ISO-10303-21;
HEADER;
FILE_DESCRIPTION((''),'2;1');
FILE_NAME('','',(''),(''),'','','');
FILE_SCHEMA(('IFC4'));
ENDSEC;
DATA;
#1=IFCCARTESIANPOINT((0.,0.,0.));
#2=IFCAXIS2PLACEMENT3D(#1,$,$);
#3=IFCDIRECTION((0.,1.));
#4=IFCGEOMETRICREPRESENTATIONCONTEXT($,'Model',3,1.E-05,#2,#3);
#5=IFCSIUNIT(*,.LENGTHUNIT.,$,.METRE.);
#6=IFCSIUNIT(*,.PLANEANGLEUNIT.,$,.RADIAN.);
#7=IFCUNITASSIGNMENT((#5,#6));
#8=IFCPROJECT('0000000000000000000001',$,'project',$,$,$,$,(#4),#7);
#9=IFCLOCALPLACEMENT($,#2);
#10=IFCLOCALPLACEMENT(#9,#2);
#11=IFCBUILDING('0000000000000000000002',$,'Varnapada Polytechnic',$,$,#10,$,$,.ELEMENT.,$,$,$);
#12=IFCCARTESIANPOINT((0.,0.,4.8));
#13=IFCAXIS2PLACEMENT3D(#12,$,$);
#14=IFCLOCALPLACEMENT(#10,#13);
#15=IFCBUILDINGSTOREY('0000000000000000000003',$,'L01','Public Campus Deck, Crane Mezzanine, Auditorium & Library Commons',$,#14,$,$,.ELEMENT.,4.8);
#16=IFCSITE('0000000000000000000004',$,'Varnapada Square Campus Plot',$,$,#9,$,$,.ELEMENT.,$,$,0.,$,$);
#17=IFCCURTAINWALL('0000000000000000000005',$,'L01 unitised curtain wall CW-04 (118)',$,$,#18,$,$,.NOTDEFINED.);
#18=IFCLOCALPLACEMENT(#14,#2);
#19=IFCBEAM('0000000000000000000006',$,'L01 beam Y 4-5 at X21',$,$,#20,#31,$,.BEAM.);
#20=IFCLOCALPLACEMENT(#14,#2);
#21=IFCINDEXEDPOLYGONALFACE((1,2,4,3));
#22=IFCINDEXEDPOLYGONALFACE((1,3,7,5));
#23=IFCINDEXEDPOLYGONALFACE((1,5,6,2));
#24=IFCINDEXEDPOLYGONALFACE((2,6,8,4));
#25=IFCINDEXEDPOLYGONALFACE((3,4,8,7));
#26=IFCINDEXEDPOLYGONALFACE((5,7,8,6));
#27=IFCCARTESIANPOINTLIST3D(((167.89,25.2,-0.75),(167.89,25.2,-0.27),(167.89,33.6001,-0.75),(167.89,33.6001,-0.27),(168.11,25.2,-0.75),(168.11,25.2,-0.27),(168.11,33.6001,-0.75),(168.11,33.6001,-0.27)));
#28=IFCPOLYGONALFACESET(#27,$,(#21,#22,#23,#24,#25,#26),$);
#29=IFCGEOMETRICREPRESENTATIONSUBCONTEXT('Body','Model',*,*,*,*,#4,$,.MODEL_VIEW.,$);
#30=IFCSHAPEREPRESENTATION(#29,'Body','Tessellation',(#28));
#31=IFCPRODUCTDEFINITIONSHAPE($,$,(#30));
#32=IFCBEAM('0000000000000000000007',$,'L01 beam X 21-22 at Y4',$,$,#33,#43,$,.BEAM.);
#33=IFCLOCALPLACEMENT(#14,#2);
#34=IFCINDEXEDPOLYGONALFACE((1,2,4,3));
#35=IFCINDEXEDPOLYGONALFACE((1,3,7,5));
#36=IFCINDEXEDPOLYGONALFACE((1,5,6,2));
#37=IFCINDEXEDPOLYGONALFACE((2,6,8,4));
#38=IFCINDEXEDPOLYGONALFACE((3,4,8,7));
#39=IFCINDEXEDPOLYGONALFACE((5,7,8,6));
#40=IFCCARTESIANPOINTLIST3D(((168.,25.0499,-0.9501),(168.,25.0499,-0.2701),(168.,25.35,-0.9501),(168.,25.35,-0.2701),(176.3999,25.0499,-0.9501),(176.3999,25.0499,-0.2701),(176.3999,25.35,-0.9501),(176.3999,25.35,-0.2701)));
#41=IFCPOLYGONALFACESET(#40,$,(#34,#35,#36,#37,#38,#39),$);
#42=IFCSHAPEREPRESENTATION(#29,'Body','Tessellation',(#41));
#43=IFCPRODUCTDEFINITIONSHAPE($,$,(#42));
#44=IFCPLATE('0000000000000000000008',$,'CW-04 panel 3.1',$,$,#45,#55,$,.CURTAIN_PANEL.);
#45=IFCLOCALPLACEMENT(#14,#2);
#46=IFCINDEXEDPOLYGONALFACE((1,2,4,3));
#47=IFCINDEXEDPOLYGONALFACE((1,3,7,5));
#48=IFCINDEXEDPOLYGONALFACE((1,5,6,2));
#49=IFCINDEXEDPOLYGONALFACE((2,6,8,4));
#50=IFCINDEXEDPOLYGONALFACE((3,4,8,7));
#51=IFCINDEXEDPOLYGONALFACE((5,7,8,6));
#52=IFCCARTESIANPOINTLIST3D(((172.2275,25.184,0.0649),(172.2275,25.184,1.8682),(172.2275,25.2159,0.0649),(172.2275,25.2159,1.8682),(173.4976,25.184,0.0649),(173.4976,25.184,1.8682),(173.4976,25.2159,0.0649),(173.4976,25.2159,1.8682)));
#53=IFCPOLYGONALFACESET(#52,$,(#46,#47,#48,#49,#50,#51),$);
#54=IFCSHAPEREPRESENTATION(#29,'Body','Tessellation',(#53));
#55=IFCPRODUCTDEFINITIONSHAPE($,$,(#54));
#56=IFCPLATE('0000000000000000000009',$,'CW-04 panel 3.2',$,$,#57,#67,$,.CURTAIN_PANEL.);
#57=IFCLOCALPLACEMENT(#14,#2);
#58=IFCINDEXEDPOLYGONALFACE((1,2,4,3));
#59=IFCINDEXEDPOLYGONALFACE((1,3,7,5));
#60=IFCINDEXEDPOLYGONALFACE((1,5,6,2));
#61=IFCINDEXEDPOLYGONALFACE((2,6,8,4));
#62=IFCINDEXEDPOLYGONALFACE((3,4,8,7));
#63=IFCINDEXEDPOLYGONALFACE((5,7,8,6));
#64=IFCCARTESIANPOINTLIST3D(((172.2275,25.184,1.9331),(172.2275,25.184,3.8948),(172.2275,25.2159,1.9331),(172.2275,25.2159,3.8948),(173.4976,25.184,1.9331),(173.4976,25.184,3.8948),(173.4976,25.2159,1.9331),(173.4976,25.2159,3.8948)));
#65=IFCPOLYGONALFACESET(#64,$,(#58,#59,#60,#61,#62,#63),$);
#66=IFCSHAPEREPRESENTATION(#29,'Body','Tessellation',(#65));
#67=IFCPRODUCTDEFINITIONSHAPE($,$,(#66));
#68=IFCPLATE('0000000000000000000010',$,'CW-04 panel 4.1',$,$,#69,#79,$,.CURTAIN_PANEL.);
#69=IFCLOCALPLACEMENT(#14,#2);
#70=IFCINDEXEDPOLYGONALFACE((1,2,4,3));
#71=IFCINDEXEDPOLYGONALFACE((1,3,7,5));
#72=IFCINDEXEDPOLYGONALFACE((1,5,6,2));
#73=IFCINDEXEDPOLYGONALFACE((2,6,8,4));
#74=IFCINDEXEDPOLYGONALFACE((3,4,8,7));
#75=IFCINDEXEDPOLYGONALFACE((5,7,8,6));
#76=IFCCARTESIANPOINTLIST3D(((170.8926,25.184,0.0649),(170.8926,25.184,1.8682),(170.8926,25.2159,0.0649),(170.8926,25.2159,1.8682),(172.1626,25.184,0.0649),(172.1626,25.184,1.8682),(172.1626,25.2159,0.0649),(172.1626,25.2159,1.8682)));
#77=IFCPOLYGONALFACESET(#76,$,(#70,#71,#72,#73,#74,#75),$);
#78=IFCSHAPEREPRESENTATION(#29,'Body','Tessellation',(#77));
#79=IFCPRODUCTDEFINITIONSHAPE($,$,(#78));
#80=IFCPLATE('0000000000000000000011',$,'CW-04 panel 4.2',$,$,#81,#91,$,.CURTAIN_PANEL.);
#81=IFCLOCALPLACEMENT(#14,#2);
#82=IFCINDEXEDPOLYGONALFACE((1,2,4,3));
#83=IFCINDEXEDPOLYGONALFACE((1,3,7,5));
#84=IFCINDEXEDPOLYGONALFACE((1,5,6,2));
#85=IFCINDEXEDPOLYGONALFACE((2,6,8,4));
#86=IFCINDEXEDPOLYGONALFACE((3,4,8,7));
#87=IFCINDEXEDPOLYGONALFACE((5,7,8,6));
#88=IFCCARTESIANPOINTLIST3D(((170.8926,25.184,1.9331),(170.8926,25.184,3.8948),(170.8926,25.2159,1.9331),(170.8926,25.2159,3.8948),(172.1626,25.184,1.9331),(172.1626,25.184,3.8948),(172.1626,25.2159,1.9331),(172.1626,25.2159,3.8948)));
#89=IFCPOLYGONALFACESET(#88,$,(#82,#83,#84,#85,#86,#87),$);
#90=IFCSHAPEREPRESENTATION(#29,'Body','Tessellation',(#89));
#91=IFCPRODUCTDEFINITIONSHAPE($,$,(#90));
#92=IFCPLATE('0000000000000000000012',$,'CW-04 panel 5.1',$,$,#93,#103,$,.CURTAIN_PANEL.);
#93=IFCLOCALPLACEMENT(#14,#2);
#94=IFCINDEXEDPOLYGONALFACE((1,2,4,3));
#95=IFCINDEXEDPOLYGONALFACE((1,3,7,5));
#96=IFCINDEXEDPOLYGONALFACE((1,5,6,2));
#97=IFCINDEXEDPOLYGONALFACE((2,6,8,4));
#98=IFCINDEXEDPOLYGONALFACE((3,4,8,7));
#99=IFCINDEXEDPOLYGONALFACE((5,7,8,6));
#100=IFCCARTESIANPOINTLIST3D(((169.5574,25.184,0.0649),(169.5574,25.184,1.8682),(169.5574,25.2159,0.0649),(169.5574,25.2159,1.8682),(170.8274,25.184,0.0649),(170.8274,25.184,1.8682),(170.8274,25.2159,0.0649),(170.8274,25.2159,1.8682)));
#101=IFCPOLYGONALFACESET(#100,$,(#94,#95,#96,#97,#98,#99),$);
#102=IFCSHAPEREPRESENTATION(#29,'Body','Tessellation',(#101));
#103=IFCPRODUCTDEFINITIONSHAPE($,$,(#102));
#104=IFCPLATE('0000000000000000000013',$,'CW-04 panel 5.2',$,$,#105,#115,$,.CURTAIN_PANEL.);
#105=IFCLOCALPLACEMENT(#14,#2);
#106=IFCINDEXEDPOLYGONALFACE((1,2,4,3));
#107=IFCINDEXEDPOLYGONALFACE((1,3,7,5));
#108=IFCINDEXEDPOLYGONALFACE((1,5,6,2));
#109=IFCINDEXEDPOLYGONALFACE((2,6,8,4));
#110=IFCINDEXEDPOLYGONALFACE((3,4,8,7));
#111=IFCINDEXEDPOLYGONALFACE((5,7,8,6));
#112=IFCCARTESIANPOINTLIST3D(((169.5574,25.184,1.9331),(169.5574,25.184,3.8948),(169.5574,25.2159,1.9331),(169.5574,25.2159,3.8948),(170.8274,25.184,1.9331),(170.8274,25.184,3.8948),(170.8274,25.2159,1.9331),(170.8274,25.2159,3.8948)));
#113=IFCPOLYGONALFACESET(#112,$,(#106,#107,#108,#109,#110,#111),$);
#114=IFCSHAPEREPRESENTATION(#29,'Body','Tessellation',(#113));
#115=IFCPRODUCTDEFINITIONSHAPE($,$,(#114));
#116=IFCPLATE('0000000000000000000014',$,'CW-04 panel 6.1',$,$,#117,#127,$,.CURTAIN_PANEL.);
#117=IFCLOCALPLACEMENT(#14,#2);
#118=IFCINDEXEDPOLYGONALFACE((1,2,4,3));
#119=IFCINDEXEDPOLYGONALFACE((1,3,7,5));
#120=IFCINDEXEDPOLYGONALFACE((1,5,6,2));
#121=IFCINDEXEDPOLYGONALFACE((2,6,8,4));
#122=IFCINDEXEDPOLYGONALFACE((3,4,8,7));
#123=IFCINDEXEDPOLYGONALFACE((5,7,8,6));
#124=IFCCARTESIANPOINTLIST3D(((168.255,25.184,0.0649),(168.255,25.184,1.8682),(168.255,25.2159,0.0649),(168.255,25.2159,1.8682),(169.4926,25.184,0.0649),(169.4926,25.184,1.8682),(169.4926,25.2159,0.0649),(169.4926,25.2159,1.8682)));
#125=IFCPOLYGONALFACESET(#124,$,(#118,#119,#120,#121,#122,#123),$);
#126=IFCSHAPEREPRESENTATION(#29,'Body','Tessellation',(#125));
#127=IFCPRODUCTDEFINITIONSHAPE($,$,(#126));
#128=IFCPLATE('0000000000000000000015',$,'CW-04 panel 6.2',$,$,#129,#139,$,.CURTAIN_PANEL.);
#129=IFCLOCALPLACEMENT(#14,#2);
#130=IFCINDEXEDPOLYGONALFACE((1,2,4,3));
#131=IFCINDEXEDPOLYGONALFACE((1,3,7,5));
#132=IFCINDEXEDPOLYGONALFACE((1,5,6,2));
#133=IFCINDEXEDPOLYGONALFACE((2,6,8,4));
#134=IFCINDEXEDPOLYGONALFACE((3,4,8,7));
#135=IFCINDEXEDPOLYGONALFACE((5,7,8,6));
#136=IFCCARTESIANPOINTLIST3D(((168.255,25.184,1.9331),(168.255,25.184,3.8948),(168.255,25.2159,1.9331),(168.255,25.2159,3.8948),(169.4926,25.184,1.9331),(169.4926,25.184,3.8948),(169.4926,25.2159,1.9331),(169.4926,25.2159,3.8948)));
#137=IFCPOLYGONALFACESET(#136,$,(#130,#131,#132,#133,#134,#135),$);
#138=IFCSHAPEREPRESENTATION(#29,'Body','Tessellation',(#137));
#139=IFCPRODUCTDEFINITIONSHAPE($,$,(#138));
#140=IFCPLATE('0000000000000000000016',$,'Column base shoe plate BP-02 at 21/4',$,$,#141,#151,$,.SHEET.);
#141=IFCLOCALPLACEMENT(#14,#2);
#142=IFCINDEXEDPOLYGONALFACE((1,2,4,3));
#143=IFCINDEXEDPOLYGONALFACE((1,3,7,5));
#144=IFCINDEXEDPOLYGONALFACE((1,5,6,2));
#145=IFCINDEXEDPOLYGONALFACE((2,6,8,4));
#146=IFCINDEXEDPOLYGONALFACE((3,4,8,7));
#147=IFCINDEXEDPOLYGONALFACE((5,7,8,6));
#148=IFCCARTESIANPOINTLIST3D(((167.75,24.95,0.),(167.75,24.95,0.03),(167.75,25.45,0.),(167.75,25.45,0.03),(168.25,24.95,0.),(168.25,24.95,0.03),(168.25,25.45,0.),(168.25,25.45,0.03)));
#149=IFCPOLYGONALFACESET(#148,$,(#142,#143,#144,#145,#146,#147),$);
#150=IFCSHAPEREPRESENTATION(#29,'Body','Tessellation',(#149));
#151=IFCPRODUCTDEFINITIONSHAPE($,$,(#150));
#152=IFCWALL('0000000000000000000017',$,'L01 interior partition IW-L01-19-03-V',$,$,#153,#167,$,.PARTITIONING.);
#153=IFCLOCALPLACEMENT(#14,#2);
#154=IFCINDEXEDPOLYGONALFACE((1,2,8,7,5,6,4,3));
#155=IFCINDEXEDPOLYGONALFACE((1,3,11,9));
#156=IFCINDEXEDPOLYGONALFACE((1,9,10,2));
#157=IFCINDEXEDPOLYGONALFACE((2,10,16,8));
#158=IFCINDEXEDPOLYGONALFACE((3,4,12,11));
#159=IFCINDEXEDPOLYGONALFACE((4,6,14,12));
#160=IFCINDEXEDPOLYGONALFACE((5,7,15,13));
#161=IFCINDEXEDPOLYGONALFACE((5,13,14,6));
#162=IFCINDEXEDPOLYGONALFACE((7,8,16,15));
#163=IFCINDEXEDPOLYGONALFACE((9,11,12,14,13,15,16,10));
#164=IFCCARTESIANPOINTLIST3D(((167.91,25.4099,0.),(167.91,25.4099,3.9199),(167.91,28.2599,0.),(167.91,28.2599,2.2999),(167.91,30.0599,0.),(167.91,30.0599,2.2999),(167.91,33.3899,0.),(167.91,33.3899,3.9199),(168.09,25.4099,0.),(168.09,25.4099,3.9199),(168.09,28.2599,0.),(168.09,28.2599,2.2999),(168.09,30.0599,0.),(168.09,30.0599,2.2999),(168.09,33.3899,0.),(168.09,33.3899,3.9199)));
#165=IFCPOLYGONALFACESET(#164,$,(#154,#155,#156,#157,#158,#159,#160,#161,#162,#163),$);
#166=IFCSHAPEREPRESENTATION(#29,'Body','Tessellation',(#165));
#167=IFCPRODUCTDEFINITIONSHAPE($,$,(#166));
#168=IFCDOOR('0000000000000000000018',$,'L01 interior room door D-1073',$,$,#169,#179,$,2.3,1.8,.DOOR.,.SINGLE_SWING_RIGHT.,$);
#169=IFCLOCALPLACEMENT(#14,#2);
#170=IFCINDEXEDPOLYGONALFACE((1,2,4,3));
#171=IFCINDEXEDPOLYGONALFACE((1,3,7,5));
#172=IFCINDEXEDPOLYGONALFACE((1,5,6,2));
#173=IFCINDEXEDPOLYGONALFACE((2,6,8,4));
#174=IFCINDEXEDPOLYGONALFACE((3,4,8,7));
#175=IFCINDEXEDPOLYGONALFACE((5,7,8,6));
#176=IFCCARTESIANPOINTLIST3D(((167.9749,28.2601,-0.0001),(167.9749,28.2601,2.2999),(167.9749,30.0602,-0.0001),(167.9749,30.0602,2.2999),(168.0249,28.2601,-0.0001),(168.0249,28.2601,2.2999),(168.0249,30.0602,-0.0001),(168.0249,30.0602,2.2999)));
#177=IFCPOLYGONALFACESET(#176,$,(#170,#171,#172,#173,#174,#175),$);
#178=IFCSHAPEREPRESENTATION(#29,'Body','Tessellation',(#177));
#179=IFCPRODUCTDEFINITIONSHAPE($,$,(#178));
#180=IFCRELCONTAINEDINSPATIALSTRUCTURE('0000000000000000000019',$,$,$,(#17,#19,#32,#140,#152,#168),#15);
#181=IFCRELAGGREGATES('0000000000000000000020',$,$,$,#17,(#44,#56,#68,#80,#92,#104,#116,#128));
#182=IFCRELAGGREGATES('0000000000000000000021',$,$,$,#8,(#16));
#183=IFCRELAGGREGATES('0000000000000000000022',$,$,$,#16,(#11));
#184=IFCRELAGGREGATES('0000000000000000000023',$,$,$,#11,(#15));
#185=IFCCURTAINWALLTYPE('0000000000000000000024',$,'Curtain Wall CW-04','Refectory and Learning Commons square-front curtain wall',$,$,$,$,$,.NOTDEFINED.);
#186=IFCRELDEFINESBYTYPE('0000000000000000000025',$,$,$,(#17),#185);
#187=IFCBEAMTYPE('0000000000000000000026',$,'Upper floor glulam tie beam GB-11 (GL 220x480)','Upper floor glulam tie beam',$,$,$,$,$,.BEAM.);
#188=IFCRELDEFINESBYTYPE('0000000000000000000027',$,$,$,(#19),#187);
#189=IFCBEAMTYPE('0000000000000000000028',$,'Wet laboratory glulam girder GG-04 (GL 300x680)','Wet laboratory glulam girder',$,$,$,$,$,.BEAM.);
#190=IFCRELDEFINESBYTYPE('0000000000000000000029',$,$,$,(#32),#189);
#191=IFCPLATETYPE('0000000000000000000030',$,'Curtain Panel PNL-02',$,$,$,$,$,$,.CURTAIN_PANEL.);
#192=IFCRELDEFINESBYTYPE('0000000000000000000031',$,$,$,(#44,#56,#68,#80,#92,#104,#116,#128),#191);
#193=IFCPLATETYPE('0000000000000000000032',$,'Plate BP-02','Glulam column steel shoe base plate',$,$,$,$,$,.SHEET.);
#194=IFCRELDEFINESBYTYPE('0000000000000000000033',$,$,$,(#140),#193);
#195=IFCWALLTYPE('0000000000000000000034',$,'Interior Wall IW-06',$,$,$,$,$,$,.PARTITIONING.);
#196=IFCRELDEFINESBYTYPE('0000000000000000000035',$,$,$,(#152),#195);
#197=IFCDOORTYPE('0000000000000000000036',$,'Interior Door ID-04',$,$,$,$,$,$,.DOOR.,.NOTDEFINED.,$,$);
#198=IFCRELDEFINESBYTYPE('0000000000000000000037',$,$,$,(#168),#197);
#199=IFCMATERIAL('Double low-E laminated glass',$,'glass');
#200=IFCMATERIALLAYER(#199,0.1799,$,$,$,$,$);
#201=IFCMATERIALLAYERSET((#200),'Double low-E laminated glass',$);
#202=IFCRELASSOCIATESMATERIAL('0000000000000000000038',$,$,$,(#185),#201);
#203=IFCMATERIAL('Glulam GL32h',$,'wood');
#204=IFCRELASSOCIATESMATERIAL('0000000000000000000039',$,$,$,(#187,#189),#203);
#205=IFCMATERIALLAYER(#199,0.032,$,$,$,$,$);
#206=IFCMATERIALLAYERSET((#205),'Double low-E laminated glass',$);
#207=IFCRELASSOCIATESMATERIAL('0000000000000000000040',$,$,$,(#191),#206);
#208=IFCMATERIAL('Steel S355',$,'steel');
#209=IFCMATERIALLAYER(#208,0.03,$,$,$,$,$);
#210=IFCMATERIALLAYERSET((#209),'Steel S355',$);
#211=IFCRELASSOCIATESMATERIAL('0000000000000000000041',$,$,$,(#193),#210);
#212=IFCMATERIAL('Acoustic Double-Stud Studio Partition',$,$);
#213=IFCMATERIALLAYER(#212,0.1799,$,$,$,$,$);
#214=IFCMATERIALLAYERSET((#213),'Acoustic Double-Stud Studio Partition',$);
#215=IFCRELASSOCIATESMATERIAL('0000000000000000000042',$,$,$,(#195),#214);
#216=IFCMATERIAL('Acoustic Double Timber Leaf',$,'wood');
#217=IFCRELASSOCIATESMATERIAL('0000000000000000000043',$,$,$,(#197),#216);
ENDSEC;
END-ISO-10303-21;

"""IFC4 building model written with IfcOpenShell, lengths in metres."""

from ifc_helpers import new_model, si_unit, direction, frame, frame_2d, origin, origin_2d, place, context, subcontext, project, spatial, rectangle, extrude, material, layer, layer_set, material_profile, profile_set, type_object, element, fill, aggregate, save


model = new_model("IFC4")

# Units and contexts
model_context = context("Model", 3, precision=1e-05, world=origin(), true_north=direction((0.0, 1.0)))
body_context = subcontext(model_context, "Body", "Model", "MODEL_VIEW")
ifc_project = project(units=[si_unit("LENGTHUNIT", "METRE"), si_unit("PLANEANGLEUNIT", "RADIAN")], contexts=[model_context])

# Site, building, storey
site_placement = place(None, origin())
site = spatial("IfcSite", under=ifc_project, at=site_placement, Name="Varnapada Square Campus Plot", CompositionType="ELEMENT", RefElevation=0.0)
building_placement = place(site_placement, origin())
building = spatial("IfcBuilding", under=site, at=building_placement, Name="Varnapada Polytechnic", CompositionType="ELEMENT")
storey_placement = place(building_placement, frame((0.0, 0.0, 4.8)))
storey = spatial("IfcBuildingStorey", under=building, at=storey_placement, Name="L01", Description="Public Campus Deck, Crane Mezzanine, Auditorium & Library Commons", CompositionType="ELEMENT", Elevation=4.8)

# Shared definitions
ifc_material_1 = material(Name="Glulam GL32h", Category="wood")

# Curtain wall
ifc_material_2 = material(Name="Double low-E laminated glass", Category="glass")
ifc_layer_1 = layer(ifc_material_2, 0.1799)
ifc_layer_set_1 = layer_set([ifc_layer_1], Name="Double low-E laminated glass")
curtain_wall_type = type_object("IfcCurtainWallType", Name="Curtain Wall CW-04", Description="Refectory and Learning Commons square-front curtain wall", PredefinedType="NOTDEFINED", material=ifc_layer_set_1)
curtain_wall_placement = place(storey_placement, origin())
curtain_wall = element("IfcCurtainWall", 1, at=curtain_wall_placement, inside=storey, type_object=curtain_wall_type, Name="L01 unitised curtain wall CW-04 (118)", PredefinedType="NOTDEFINED")

# Beams
ifc_material_profile_1 = material_profile(ifc_material_1, rectangle(XDim=0.22, YDim=0.48, at=origin_2d()), Name="GL 220x480")
ifc_profile_set_1 = profile_set([ifc_material_profile_1], Name="Glulam GL32h")
beam_type_1 = type_object("IfcBeamType", Name="Upper floor glulam tie beam GB-11 (GL 220x480)", Description="Upper floor glulam tie beam", PredefinedType="BEAM", material=ifc_profile_set_1)
beam_1_placement = place(storey_placement, frame((168.0, 25.2, -0.51), z_axis=(0.0, 1.0, 0.0), x_axis=(-1.0, 0.0, 0.0)))
element("IfcBeam", 2, at=beam_1_placement, inside=storey, type_object=beam_type_1, Name="L01 beam Y 4-5 at X21", PredefinedType="BEAM", context=body_context, shape_type="SweptSolid", body=[
    extrude(rectangle(XDim=0.22, YDim=0.48, at=origin_2d()), origin(), (0.0, 0.0, 1.0), 8.4001),
])
ifc_material_profile_2 = material_profile(ifc_material_1, rectangle(XDim=0.3, YDim=0.6799, at=origin_2d()), Name="GL 300x680")
ifc_profile_set_2 = profile_set([ifc_material_profile_2], Name="Glulam GL32h")
beam_type_2 = type_object("IfcBeamType", Name="Wet laboratory glulam girder GG-04 (GL 300x680)", Description="Wet laboratory glulam girder", PredefinedType="BEAM", material=ifc_profile_set_2)
beam_2_placement = place(storey_placement, frame((168.0, 25.2, -0.6101), z_axis=(1.0, 0.0, 0.0), x_axis=(0.0, 1.0, 0.0)))
element("IfcBeam", 3, at=beam_2_placement, inside=storey, type_object=beam_type_2, Name="L01 beam X 21-22 at Y4", PredefinedType="BEAM", context=body_context, shape_type="SweptSolid", body=[
    extrude(rectangle(XDim=0.3, YDim=0.6799, at=origin_2d()), origin(), (0.0, 0.0, 1.0), 8.3999),
])

# Plates
ifc_layer_2 = layer(ifc_material_2, 0.032)
ifc_layer_set_2 = layer_set([ifc_layer_2], Name="Double low-E laminated glass")
plate_type_1 = type_object("IfcPlateType", Name="Curtain Panel PNL-02", PredefinedType="CURTAIN_PANEL", material=ifc_layer_set_2)
plate_1_placement = place(storey_placement, frame((172.8625, 25.2, 0.0649), z_axis=(0.0, 0.0, 1.0), x_axis=(-1.0, 0.0, 0.0)))
plate_1 = element("IfcPlate", 4, at=plate_1_placement, type_object=plate_type_1, Name="CW-04 panel 3.1", PredefinedType="CURTAIN_PANEL", context=body_context, shape_type="SweptSolid", body=[
    extrude(rectangle(XDim=1.27, YDim=0.032, at=origin_2d()), origin(), (0.0, 0.0, 1.0), 1.8032),
])
plate_2_placement = place(storey_placement, frame((172.8625, 25.2, 1.9331), z_axis=(0.0, 0.0, 1.0), x_axis=(-1.0, 0.0, 0.0)))
plate_2 = element("IfcPlate", 5, at=plate_2_placement, type_object=plate_type_1, Name="CW-04 panel 3.2", PredefinedType="CURTAIN_PANEL", context=body_context, shape_type="SweptSolid", body=[
    extrude(rectangle(XDim=1.27, YDim=0.032, at=origin_2d()), origin(), (0.0, 0.0, 1.0), 1.9617),
])
plate_3_placement = place(storey_placement, frame((171.5276, 25.2, 0.0649), z_axis=(0.0, 0.0, 1.0), x_axis=(-1.0, 0.0, 0.0)))
plate_3 = element("IfcPlate", 6, at=plate_3_placement, type_object=plate_type_1, Name="CW-04 panel 4.1", PredefinedType="CURTAIN_PANEL", context=body_context, shape_type="SweptSolid", body=[
    extrude(rectangle(XDim=1.27, YDim=0.032, at=origin_2d()), origin(), (0.0, 0.0, 1.0), 1.8032),
])
plate_4_placement = place(storey_placement, frame((171.5276, 25.2, 1.9331), z_axis=(0.0, 0.0, 1.0), x_axis=(-1.0, 0.0, 0.0)))
plate_4 = element("IfcPlate", 7, at=plate_4_placement, type_object=plate_type_1, Name="CW-04 panel 4.2", PredefinedType="CURTAIN_PANEL", context=body_context, shape_type="SweptSolid", body=[
    extrude(rectangle(XDim=1.27, YDim=0.032, at=origin_2d()), origin(), (0.0, 0.0, 1.0), 1.9617),
])
plate_5_placement = place(storey_placement, frame((170.1924, 25.2, 0.0649), z_axis=(0.0, 0.0, 1.0), x_axis=(-1.0, 0.0, 0.0)))
plate_5 = element("IfcPlate", 8, at=plate_5_placement, type_object=plate_type_1, Name="CW-04 panel 5.1", PredefinedType="CURTAIN_PANEL", context=body_context, shape_type="SweptSolid", body=[
    extrude(rectangle(XDim=1.27, YDim=0.032, at=origin_2d()), origin(), (0.0, 0.0, 1.0), 1.8032),
])
plate_6_placement = place(storey_placement, frame((170.1924, 25.2, 1.9331), z_axis=(0.0, 0.0, 1.0), x_axis=(-1.0, 0.0, 0.0)))
plate_6 = element("IfcPlate", 9, at=plate_6_placement, type_object=plate_type_1, Name="CW-04 panel 5.2", PredefinedType="CURTAIN_PANEL", context=body_context, shape_type="SweptSolid", body=[
    extrude(rectangle(XDim=1.27, YDim=0.032, at=origin_2d()), origin(), (0.0, 0.0, 1.0), 1.9617),
])
plate_7_placement = place(storey_placement, frame((168.8738, 25.2, 0.0649), z_axis=(0.0, 0.0, 1.0), x_axis=(-1.0, 0.0, 0.0)))
plate_7 = element("IfcPlate", 10, at=plate_7_placement, type_object=plate_type_1, Name="CW-04 panel 6.1", PredefinedType="CURTAIN_PANEL", context=body_context, shape_type="SweptSolid", body=[
    extrude(rectangle(XDim=1.2375, YDim=0.032, at=origin_2d()), origin(), (0.0, 0.0, 1.0), 1.8032),
])
plate_8_placement = place(storey_placement, frame((168.8738, 25.2, 1.9331), z_axis=(0.0, 0.0, 1.0), x_axis=(-1.0, 0.0, 0.0)))
plate_8 = element("IfcPlate", 11, at=plate_8_placement, type_object=plate_type_1, Name="CW-04 panel 6.2", PredefinedType="CURTAIN_PANEL", context=body_context, shape_type="SweptSolid", body=[
    extrude(rectangle(XDim=1.2375, YDim=0.032, at=origin_2d()), origin(), (0.0, 0.0, 1.0), 1.9617),
])
aggregate(curtain_wall, [plate_1, plate_2, plate_3, plate_4, plate_5, plate_6, plate_7, plate_8])
ifc_material_3 = material(Name="Steel S355", Category="steel")
ifc_layer_3 = layer(ifc_material_3, 0.03)
ifc_layer_set_3 = layer_set([ifc_layer_3], Name="Steel S355")
plate_type_2 = type_object("IfcPlateType", Name="Plate BP-02", Description="Glulam column steel shoe base plate", PredefinedType="SHEET", material=ifc_layer_set_3)
plate_9_placement = place(storey_placement, frame((168.0, 25.2, 0.0), z_axis=(0.0, 0.0, 1.0), x_axis=(1.0, 0.0, 0.0)))
element("IfcPlate", 12, at=plate_9_placement, inside=storey, type_object=plate_type_2, Name="Column base shoe plate BP-02 at 21/4", PredefinedType="SHEET", context=body_context, shape_type="SweptSolid", body=[
    extrude(rectangle(XDim=0.5, YDim=0.5, at=origin_2d()), origin(), (0.0, 0.0, 1.0), 0.03),
])

# Wall, opening, door
ifc_material_4 = material(Name="Acoustic Double-Stud Studio Partition")
ifc_layer_4 = layer(ifc_material_4, 0.1799)
ifc_layer_set_4 = layer_set([ifc_layer_4], Name="Acoustic Double-Stud Studio Partition")
wall_type = type_object("IfcWallType", Name="Interior Wall IW-06", PredefinedType="PARTITIONING", material=ifc_layer_set_4)
wall_placement = place(storey_placement, frame((168.0, 25.4099, 0.0), z_axis=(0.0, 0.0, 1.0), x_axis=(0.0, 1.0, 0.0)))
wall = element("IfcWall", 13, at=wall_placement, inside=storey, type_object=wall_type, Name="L01 interior partition IW-L01-19-03-V", PredefinedType="PARTITIONING", context=body_context, shape_type="SweptSolid", body=[
    extrude(rectangle(XDim=7.98, YDim=0.1799, at=frame_2d((3.99, 0.0))), origin(), (0.0, 0.0, 1.0), 3.9199),
])
opening_placement = place(wall_placement, frame((2.8501, 0.0, 0.0)))
opening = element("IfcOpeningElement", 14, at=opening_placement, cuts=wall, PredefinedType="OPENING", context=body_context, shape_type="SweptSolid", body=[
    extrude(rectangle(XDim=1.8, YDim=2.3, at=frame_2d((0.8999, 1.1499))), frame((0.0, 0.0999, 0.0), z_axis=(0.0, -1.0, 0.0), x_axis=(1.0, 0.0, 0.0)), (0.0, 0.0, 1.0), 0.2),
])
ifc_material_5 = material(Name="Acoustic Double Timber Leaf", Category="wood")
door_type = type_object("IfcDoorType", Name="Interior Door ID-04", OperationType="NOTDEFINED", PredefinedType="DOOR", material=ifc_material_5)
door_placement = place(opening_placement, frame((1.8, 0.0, 0.0), z_axis=(0.0, 0.0, 1.0), x_axis=(-1.0, 0.0, 0.0)))
door = element("IfcDoor", 15, at=door_placement, inside=storey, type_object=door_type, Name="L01 interior room door D-1073", OperationType="SINGLE_SWING_RIGHT", OverallHeight=2.3, OverallWidth=1.8, PredefinedType="DOOR", context=body_context, shape_type="SweptSolid", body=[
    extrude(rectangle(XDim=1.8, YDim=2.3, at=frame_2d((0.8999, 1.1499))), frame((0.0, 0.0249, 0.0), z_axis=(0.0, -1.0, 0.0), x_axis=(1.0, 0.0, 0.0)), (0.0, 0.0, 1.0), 0.05),
])
fill(opening, door)

save(model, "model.ifc")
